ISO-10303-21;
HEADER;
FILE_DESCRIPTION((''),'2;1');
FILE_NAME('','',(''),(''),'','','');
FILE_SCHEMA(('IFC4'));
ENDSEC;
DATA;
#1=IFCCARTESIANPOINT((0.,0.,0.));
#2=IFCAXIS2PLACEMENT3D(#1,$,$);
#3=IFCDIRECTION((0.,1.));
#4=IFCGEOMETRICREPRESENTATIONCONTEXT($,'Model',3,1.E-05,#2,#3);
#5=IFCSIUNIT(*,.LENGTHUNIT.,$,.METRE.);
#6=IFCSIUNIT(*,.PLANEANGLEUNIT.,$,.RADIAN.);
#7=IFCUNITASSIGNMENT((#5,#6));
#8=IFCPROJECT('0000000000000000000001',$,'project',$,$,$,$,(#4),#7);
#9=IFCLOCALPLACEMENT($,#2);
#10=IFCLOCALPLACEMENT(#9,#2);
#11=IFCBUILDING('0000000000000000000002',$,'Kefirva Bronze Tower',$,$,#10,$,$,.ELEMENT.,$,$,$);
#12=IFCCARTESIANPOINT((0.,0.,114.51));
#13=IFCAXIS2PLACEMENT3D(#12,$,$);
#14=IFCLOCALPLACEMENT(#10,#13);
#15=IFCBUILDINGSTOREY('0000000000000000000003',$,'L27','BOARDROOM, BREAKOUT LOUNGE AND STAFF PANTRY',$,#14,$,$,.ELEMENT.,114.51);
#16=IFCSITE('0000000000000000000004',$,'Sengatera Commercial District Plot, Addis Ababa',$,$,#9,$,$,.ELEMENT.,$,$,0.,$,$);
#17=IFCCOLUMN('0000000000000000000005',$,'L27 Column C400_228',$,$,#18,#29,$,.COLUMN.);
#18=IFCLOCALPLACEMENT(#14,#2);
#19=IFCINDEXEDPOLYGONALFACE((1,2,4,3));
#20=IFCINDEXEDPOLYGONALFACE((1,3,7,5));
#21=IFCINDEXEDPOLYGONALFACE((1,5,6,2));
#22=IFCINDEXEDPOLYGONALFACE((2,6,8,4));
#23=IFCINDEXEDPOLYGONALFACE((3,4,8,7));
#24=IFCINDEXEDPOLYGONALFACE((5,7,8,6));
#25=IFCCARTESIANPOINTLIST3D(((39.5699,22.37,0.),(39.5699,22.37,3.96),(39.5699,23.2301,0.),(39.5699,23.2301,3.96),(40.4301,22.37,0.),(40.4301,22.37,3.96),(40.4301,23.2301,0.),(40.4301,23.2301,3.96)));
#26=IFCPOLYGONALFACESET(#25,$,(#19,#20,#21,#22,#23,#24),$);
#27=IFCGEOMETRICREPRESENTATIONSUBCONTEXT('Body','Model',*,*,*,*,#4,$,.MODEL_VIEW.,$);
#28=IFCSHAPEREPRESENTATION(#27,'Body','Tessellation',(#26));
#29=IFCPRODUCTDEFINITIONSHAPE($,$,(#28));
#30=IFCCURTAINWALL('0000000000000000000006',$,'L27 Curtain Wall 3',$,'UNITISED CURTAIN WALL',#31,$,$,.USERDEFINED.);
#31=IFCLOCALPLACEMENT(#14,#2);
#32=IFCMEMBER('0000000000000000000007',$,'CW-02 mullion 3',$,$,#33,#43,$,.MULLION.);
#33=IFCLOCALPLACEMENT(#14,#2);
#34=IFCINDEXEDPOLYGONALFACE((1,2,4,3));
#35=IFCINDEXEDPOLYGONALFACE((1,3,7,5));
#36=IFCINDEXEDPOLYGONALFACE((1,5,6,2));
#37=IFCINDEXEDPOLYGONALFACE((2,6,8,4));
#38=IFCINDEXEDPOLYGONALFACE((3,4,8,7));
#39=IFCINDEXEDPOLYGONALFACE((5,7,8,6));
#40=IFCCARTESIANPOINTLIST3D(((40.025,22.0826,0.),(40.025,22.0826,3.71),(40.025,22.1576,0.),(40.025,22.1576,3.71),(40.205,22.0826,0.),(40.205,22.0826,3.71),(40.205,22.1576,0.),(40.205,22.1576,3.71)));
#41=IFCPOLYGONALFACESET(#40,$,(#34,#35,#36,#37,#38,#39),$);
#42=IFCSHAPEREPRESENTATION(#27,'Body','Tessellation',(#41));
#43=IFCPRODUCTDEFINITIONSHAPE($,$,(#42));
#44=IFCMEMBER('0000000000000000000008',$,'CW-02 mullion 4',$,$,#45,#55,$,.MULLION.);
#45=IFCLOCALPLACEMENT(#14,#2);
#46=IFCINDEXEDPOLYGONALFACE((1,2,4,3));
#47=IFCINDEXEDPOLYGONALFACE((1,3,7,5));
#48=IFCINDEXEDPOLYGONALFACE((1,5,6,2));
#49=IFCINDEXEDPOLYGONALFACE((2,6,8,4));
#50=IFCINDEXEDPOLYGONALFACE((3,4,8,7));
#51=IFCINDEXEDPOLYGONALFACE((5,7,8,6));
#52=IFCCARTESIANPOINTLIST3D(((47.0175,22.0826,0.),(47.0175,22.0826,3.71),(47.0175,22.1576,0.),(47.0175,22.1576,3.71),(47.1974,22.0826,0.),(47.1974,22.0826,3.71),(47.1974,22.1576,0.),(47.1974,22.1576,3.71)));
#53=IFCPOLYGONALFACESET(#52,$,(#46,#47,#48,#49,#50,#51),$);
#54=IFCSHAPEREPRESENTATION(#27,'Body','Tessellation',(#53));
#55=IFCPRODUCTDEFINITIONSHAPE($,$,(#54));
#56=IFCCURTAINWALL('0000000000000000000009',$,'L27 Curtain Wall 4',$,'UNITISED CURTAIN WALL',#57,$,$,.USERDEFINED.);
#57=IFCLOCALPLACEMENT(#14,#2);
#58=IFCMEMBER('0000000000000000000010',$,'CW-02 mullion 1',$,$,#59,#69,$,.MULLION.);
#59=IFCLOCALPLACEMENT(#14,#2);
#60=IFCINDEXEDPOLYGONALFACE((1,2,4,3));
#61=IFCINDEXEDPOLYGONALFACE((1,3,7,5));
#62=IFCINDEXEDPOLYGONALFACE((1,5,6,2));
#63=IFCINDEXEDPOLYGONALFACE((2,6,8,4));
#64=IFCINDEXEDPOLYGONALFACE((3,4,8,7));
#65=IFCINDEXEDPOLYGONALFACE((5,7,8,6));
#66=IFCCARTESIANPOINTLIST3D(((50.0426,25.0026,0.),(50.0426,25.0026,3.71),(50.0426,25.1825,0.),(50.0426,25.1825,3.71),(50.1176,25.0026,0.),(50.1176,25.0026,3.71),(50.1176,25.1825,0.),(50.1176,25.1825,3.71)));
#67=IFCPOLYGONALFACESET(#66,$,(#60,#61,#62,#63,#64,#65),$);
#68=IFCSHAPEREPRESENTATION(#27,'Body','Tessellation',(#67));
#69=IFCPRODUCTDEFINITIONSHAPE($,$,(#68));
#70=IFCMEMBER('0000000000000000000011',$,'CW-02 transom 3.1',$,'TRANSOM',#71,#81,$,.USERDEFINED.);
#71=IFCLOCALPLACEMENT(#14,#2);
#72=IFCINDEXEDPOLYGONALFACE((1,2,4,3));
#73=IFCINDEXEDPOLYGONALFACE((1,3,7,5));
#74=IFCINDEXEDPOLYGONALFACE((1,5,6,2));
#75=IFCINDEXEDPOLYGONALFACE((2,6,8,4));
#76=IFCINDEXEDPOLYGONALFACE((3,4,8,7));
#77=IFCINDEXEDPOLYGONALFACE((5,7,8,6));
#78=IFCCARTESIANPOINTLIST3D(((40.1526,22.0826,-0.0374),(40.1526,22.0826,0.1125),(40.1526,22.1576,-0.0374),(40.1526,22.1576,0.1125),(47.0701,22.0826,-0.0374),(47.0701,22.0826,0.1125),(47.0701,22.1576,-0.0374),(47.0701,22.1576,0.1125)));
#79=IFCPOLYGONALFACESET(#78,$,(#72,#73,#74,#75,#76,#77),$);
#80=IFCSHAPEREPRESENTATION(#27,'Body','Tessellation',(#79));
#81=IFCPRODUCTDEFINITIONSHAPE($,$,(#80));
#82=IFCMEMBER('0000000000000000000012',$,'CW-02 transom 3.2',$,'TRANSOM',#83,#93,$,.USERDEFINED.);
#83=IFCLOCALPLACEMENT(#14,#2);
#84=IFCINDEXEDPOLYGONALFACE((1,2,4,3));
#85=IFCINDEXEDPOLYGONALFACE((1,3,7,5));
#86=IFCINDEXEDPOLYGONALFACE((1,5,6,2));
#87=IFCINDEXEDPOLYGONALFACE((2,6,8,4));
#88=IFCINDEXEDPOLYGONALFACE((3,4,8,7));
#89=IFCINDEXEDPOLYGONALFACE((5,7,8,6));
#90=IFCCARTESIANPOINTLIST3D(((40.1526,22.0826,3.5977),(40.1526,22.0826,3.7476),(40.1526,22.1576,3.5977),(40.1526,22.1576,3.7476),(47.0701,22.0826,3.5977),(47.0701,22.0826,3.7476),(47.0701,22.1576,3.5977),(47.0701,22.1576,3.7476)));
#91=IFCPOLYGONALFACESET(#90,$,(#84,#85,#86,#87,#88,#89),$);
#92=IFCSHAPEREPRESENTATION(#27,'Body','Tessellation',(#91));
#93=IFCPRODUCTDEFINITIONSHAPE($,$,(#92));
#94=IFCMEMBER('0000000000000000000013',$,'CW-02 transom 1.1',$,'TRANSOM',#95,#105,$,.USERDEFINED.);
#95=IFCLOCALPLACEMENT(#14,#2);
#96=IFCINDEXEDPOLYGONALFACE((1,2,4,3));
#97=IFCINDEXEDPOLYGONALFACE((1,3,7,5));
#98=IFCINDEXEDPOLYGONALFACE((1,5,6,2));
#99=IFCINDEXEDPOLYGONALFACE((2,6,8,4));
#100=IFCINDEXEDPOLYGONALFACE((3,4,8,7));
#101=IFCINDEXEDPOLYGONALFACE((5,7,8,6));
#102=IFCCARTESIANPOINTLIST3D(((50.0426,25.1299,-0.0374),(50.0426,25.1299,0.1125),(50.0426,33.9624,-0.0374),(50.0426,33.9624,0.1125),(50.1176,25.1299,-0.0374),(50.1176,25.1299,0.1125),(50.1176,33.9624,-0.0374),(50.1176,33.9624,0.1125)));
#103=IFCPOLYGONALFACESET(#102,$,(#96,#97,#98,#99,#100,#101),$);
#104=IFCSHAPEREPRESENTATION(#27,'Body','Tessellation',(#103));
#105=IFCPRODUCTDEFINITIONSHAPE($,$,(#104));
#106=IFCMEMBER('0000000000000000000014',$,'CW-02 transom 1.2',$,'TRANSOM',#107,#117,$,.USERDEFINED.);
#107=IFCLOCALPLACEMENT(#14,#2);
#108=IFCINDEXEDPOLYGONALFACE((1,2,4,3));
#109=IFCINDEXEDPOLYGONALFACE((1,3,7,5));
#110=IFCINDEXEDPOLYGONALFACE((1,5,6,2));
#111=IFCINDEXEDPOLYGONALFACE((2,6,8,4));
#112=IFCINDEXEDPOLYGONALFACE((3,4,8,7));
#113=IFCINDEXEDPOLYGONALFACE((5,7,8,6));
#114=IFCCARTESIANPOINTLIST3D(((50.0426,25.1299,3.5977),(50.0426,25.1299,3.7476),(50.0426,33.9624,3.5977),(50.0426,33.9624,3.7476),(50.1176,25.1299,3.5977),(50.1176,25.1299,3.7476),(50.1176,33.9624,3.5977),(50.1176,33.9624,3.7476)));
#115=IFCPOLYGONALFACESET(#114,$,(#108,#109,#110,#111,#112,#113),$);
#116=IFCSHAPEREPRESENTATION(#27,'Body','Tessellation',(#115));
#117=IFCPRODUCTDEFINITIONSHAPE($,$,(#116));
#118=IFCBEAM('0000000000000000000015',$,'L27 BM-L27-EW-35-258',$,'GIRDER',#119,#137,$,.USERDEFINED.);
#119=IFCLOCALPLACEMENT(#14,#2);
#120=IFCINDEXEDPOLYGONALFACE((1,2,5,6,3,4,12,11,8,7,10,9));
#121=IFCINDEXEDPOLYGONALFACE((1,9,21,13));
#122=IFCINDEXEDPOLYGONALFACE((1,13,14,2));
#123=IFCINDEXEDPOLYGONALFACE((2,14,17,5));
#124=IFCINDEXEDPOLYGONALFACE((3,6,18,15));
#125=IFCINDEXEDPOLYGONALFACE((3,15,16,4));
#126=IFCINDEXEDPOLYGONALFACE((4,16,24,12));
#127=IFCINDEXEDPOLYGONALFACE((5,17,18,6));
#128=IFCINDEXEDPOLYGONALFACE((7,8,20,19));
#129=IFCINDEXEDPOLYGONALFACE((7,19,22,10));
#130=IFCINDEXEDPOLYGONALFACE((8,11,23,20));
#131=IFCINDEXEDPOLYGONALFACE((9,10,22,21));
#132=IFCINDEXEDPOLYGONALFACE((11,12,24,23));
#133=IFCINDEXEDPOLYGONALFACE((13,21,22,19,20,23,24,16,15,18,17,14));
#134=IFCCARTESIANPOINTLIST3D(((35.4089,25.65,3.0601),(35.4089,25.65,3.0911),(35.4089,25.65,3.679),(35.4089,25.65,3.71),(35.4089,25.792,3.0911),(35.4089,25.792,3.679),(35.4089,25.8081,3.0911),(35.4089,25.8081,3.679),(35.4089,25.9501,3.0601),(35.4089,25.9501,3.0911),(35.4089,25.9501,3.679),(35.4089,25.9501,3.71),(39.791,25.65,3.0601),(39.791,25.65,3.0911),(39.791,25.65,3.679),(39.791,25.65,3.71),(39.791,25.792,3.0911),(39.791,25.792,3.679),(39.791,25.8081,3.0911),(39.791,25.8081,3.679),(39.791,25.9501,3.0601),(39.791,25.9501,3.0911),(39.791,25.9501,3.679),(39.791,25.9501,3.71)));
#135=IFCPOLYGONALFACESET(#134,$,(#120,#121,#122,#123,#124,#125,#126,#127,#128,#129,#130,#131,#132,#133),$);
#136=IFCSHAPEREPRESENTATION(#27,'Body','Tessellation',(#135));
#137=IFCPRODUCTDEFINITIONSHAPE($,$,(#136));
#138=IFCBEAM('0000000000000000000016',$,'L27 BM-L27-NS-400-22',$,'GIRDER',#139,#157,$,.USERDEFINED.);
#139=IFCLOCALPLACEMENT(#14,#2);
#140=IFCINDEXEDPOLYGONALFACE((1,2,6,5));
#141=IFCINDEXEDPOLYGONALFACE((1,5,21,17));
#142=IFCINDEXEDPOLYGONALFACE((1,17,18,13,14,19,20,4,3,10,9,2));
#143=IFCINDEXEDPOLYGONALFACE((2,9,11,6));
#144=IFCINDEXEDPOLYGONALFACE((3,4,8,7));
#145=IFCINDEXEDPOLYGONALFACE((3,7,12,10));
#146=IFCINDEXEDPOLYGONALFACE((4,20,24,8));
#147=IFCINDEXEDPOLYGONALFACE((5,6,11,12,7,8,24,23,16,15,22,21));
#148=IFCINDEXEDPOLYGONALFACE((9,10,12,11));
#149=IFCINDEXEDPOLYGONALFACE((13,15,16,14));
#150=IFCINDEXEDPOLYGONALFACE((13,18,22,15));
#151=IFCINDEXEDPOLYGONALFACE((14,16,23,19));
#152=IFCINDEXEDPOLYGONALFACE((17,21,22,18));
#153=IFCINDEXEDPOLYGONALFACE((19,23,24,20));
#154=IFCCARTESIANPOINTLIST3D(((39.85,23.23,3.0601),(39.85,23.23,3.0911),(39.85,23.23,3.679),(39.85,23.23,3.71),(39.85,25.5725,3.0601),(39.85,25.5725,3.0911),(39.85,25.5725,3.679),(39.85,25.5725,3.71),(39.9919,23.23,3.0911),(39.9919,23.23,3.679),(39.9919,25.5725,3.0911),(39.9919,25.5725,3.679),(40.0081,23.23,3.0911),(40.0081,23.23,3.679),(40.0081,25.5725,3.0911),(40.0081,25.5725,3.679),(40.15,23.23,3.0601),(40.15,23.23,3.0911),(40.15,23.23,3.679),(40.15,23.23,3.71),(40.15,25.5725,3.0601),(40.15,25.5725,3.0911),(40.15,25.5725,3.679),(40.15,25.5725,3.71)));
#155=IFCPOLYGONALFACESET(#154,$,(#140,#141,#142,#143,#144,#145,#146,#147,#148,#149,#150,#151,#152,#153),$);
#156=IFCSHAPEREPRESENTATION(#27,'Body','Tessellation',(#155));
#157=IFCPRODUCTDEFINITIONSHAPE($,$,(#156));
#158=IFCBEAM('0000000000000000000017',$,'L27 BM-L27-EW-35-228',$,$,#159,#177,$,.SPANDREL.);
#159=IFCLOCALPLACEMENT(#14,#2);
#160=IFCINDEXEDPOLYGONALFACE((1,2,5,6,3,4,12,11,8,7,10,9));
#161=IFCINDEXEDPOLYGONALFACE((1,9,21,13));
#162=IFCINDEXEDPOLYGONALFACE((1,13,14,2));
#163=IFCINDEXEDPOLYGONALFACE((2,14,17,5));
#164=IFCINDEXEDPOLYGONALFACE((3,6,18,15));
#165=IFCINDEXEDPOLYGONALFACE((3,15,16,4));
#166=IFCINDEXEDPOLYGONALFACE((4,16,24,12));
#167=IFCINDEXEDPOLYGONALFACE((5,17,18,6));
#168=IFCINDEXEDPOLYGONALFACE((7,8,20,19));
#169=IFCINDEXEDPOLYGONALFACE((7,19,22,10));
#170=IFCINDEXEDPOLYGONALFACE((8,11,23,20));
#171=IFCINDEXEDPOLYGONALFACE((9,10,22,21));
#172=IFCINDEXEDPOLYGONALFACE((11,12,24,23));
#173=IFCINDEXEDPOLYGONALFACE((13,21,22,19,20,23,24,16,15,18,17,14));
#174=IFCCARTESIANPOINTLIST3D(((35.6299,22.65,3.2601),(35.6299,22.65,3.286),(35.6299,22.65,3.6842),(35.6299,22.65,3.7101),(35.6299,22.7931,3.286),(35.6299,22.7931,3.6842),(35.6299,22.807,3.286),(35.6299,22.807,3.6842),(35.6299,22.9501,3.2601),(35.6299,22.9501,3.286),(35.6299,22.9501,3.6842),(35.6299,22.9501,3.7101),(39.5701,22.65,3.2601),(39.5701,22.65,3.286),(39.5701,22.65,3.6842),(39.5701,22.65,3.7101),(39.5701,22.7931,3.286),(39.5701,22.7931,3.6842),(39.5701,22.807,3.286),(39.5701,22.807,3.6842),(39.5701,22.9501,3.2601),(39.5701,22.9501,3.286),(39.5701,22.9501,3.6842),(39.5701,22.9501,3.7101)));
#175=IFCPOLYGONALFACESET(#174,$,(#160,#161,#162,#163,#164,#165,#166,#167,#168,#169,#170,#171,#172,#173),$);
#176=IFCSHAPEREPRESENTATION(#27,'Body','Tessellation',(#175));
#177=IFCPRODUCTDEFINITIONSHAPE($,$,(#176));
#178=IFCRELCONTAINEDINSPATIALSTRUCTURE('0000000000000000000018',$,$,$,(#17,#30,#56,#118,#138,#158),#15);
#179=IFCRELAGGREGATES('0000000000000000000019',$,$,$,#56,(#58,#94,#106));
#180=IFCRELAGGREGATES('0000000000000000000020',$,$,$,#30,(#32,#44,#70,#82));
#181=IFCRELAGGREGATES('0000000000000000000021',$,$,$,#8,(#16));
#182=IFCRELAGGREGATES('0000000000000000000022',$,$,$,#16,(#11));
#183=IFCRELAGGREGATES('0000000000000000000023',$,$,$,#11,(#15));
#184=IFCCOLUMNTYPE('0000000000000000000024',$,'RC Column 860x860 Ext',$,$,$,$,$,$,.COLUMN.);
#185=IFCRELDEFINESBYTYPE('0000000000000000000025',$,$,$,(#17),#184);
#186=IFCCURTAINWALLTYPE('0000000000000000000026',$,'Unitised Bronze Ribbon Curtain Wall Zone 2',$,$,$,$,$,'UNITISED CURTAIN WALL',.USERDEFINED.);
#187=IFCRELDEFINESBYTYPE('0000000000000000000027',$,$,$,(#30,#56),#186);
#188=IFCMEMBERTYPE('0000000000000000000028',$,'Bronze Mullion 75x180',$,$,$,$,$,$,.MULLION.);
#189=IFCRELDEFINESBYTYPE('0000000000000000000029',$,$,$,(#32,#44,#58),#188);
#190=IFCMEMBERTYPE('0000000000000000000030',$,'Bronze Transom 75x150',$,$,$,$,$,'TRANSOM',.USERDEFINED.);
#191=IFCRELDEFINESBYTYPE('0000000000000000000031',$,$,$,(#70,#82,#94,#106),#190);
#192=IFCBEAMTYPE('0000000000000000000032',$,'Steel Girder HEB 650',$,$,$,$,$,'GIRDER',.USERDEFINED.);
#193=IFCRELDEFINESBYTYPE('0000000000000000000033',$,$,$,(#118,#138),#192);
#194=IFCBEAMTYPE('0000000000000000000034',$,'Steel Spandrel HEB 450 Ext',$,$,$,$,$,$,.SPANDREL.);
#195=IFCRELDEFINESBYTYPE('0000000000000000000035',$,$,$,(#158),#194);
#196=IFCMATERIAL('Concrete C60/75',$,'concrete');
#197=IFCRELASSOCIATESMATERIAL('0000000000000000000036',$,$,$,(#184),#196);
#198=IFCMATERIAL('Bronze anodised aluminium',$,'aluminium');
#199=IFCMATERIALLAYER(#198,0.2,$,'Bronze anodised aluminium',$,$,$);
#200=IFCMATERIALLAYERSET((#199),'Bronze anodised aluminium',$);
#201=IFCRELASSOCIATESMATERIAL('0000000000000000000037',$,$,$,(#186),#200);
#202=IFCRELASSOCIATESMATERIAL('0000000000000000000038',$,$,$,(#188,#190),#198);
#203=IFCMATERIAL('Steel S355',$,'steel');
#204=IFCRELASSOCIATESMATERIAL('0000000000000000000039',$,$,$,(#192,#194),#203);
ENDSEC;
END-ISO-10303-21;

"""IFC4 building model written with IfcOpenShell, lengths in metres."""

from ifc_helpers import new_model, si_unit, direction, frame, origin, origin_2d, place, context, subcontext, project, spatial, rectangle, i_section, extrude, material, layer, layer_set, material_profile, profile_set, type_object, element, aggregate, save


model = new_model("IFC4")

# Units and contexts
model_context = context("Model", 3, precision=1e-05, world=origin(), true_north=direction((0.0, 1.0)))
body_context = subcontext(model_context, "Body", "Model", "MODEL_VIEW")
ifc_project = project(units=[si_unit("LENGTHUNIT", "METRE"), si_unit("PLANEANGLEUNIT", "RADIAN")], contexts=[model_context])

# Site, building, storey
site_placement = place(None, origin())
site = spatial("IfcSite", under=ifc_project, at=site_placement, Name="Sengatera Commercial District Plot, Addis Ababa", CompositionType="ELEMENT", RefElevation=0.0)
building_placement = place(site_placement, origin())
building = spatial("IfcBuilding", under=site, at=building_placement, Name="Kefirva Bronze Tower", CompositionType="ELEMENT")
storey_placement = place(building_placement, frame((0.0, 0.0, 114.51)))
storey = spatial("IfcBuildingStorey", under=building, at=storey_placement, Name="L27", Description="BOARDROOM, BREAKOUT LOUNGE AND STAFF PANTRY", CompositionType="ELEMENT", Elevation=114.51)

# Column
ifc_material_1 = material(Name="Concrete C60/75", Category="concrete")
ifc_material_profile_1 = material_profile(ifc_material_1, rectangle(XDim=0.8601, YDim=0.8601, at=origin_2d()), Name="RC 860x860")
ifc_profile_set_1 = profile_set([ifc_material_profile_1], Name="Concrete C60/75")
column_type = type_object("IfcColumnType", Name="RC Column 860x860 Ext", PredefinedType="COLUMN", material=ifc_profile_set_1)
column_placement = place(storey_placement, frame((40.0, 22.8, 0.0), z_axis=(0.0, 0.0, 1.0), x_axis=(1.0, 0.0, 0.0)))
element("IfcColumn", 1, at=column_placement, inside=storey, type_object=column_type, Name="L27 Column C400_228", PredefinedType="COLUMN", context=body_context, shape_type="SweptSolid", body=[
    extrude(rectangle(XDim=0.8601, YDim=0.8601, at=origin_2d()), origin(), (0.0, 0.0, 1.0), 3.96),
])

# Curtain wall, members
ifc_material_2 = material(Name="Bronze anodised aluminium", Category="aluminium")
ifc_layer_1 = layer(ifc_material_2, 0.2, Name="Bronze anodised aluminium")
ifc_layer_set_1 = layer_set([ifc_layer_1], Name="Bronze anodised aluminium")
curtain_wall_type = type_object("IfcCurtainWallType", Name="Unitised Bronze Ribbon Curtain Wall Zone 2", ElementType="UNITISED CURTAIN WALL", PredefinedType="USERDEFINED", material=ifc_layer_set_1)
curtain_wall_1_placement = place(storey_placement, origin())
curtain_wall_1 = element("IfcCurtainWall", 2, at=curtain_wall_1_placement, inside=storey, type_object=curtain_wall_type, Name="L27 Curtain Wall 3", ObjectType="UNITISED CURTAIN WALL", PredefinedType="USERDEFINED")
ifc_material_profile_2 = material_profile(ifc_material_2, rectangle(XDim=0.075, YDim=0.1799, at=origin_2d()), Name="ALU 75x180")
ifc_profile_set_2 = profile_set([ifc_material_profile_2], Name="Bronze anodised aluminium")
member_type_1 = type_object("IfcMemberType", Name="Bronze Mullion 75x180", PredefinedType="MULLION", material=ifc_profile_set_2)
member_1_placement = place(storey_placement, frame((40.115, 22.1201, 0.0), z_axis=(0.0, 0.0, 1.0), x_axis=(0.0, 1.0, 0.0)))
member_1 = element("IfcMember", 3, at=member_1_placement, type_object=member_type_1, Name="CW-02 mullion 3", PredefinedType="MULLION", context=body_context, shape_type="SweptSolid", body=[
    extrude(rectangle(XDim=0.075, YDim=0.1799, at=origin_2d()), origin(), (0.0, 0.0, 1.0), 3.71),
])
member_2_placement = place(storey_placement, frame((47.1074, 22.1201, 0.0), z_axis=(0.0, 0.0, 1.0), x_axis=(0.0, 1.0, 0.0)))
member_2 = element("IfcMember", 4, at=member_2_placement, type_object=member_type_1, Name="CW-02 mullion 4", PredefinedType="MULLION", context=body_context, shape_type="SweptSolid", body=[
    extrude(rectangle(XDim=0.075, YDim=0.1799, at=origin_2d()), origin(), (0.0, 0.0, 1.0), 3.71),
])

# Curtain wall, member
curtain_wall_2_placement = place(storey_placement, origin())
curtain_wall_2 = element("IfcCurtainWall", 5, at=curtain_wall_2_placement, inside=storey, type_object=curtain_wall_type, Name="L27 Curtain Wall 4", ObjectType="UNITISED CURTAIN WALL", PredefinedType="USERDEFINED")
member_3_placement = place(storey_placement, frame((50.0801, 25.0925, 0.0), z_axis=(0.0, 0.0, 1.0), x_axis=(-1.0, 0.0, 0.0)))
member_3 = element("IfcMember", 6, at=member_3_placement, type_object=member_type_1, Name="CW-02 mullion 1", PredefinedType="MULLION", context=body_context, shape_type="SweptSolid", body=[
    extrude(rectangle(XDim=0.075, YDim=0.1799, at=origin_2d()), origin(), (0.0, 0.0, 1.0), 3.71),
])

# Members
ifc_material_profile_3 = material_profile(ifc_material_2, rectangle(XDim=0.075, YDim=0.1499, at=origin_2d()), Name="ALU 75x150")
ifc_profile_set_3 = profile_set([ifc_material_profile_3], Name="Bronze anodised aluminium")
member_type_2 = type_object("IfcMemberType", Name="Bronze Transom 75x150", ElementType="TRANSOM", PredefinedType="USERDEFINED", material=ifc_profile_set_3)
member_4_placement = place(storey_placement, frame((40.1526, 22.1201, 0.0376), z_axis=(1.0, 0.0, 0.0), x_axis=(0.0, 1.0, 0.0)))
member_4 = element("IfcMember", 7, at=member_4_placement, type_object=member_type_2, Name="CW-02 transom 3.1", ObjectType="TRANSOM", PredefinedType="USERDEFINED", context=body_context, shape_type="SweptSolid", body=[
    extrude(rectangle(XDim=0.075, YDim=0.1499, at=origin_2d()), origin(), (0.0, 0.0, 1.0), 6.9175),
])
member_5_placement = place(storey_placement, frame((40.1526, 22.1201, 3.6726), z_axis=(1.0, 0.0, 0.0), x_axis=(0.0, 1.0, 0.0)))
member_5 = element("IfcMember", 8, at=member_5_placement, type_object=member_type_2, Name="CW-02 transom 3.2", ObjectType="TRANSOM", PredefinedType="USERDEFINED", context=body_context, shape_type="SweptSolid", body=[
    extrude(rectangle(XDim=0.075, YDim=0.1499, at=origin_2d()), origin(), (0.0, 0.0, 1.0), 6.9175),
])
member_6_placement = place(storey_placement, frame((50.0801, 25.1299, 0.0376), z_axis=(0.0, 1.0, 0.0), x_axis=(-1.0, 0.0, 0.0)))
member_6 = element("IfcMember", 9, at=member_6_placement, type_object=member_type_2, Name="CW-02 transom 1.1", ObjectType="TRANSOM", PredefinedType="USERDEFINED", context=body_context, shape_type="SweptSolid", body=[
    extrude(rectangle(XDim=0.075, YDim=0.1499, at=origin_2d()), origin(), (0.0, 0.0, 1.0), 8.8325),
])
member_7_placement = place(storey_placement, frame((50.0801, 25.1299, 3.6726), z_axis=(0.0, 1.0, 0.0), x_axis=(-1.0, 0.0, 0.0)))
member_7 = element("IfcMember", 10, at=member_7_placement, type_object=member_type_2, Name="CW-02 transom 1.2", ObjectType="TRANSOM", PredefinedType="USERDEFINED", context=body_context, shape_type="SweptSolid", body=[
    extrude(rectangle(XDim=0.075, YDim=0.1499, at=origin_2d()), origin(), (0.0, 0.0, 1.0), 8.8325),
])
aggregate(curtain_wall_2, [member_3, member_6, member_7])

# Beams
ifc_material_3 = material(Name="Steel S355", Category="steel")
ifc_material_profile_4 = material_profile(ifc_material_3, i_section(OverallWidth=0.3, OverallDepth=0.6499, WebThickness=0.0161, FlangeThickness=0.031, at=origin_2d()), Name="HEB 650")
ifc_profile_set_4 = profile_set([ifc_material_profile_4], Name="Steel S355")
beam_type_1 = type_object("IfcBeamType", Name="Steel Girder HEB 650", ElementType="GIRDER", PredefinedType="USERDEFINED", material=ifc_profile_set_4)
beam_1_placement = place(storey_placement, frame((35.4089, 25.8, 3.385), z_axis=(1.0, 0.0, 0.0), x_axis=(0.0, 1.0, 0.0)))
element("IfcBeam", 11, at=beam_1_placement, inside=storey, type_object=beam_type_1, Name="L27 BM-L27-EW-35-258", ObjectType="GIRDER", PredefinedType="USERDEFINED", context=body_context, shape_type="SweptSolid", body=[
    extrude(i_section(OverallWidth=0.3, OverallDepth=0.6499, WebThickness=0.0161, FlangeThickness=0.031, at=origin_2d()), origin(), (0.0, 0.0, 1.0), 4.3821),
])
beam_2_placement = place(storey_placement, frame((40.0, 23.23, 3.385), z_axis=(0.0, 1.0, 0.0), x_axis=(-1.0, 0.0, 0.0)))
element("IfcBeam", 12, at=beam_2_placement, inside=storey, type_object=beam_type_1, Name="L27 BM-L27-NS-400-22", ObjectType="GIRDER", PredefinedType="USERDEFINED", context=body_context, shape_type="SweptSolid", body=[
    extrude(i_section(OverallWidth=0.3, OverallDepth=0.6499, WebThickness=0.0161, FlangeThickness=0.031, at=origin_2d()), origin(), (0.0, 0.0, 1.0), 2.3425),
])
ifc_material_profile_5 = material_profile(ifc_material_3, i_section(OverallWidth=0.3, OverallDepth=0.45, WebThickness=0.0139, FlangeThickness=0.0259, at=origin_2d()), Name="HEB 450")
ifc_profile_set_5 = profile_set([ifc_material_profile_5], Name="Steel S355")
beam_type_2 = type_object("IfcBeamType", Name="Steel Spandrel HEB 450 Ext", PredefinedType="SPANDREL", material=ifc_profile_set_5)
beam_3_placement = place(storey_placement, frame((35.6299, 22.8, 3.4851), z_axis=(1.0, 0.0, 0.0), x_axis=(0.0, 1.0, 0.0)))
element("IfcBeam", 13, at=beam_3_placement, inside=storey, type_object=beam_type_2, Name="L27 BM-L27-EW-35-228", PredefinedType="SPANDREL", context=body_context, shape_type="SweptSolid", body=[
    extrude(i_section(OverallWidth=0.3, OverallDepth=0.45, WebThickness=0.0139, FlangeThickness=0.0259, at=origin_2d()), origin(), (0.0, 0.0, 1.0), 3.9402),
])

aggregate(curtain_wall_1, [member_1, member_2, member_4, member_5])

save(model, "model.ifc")
